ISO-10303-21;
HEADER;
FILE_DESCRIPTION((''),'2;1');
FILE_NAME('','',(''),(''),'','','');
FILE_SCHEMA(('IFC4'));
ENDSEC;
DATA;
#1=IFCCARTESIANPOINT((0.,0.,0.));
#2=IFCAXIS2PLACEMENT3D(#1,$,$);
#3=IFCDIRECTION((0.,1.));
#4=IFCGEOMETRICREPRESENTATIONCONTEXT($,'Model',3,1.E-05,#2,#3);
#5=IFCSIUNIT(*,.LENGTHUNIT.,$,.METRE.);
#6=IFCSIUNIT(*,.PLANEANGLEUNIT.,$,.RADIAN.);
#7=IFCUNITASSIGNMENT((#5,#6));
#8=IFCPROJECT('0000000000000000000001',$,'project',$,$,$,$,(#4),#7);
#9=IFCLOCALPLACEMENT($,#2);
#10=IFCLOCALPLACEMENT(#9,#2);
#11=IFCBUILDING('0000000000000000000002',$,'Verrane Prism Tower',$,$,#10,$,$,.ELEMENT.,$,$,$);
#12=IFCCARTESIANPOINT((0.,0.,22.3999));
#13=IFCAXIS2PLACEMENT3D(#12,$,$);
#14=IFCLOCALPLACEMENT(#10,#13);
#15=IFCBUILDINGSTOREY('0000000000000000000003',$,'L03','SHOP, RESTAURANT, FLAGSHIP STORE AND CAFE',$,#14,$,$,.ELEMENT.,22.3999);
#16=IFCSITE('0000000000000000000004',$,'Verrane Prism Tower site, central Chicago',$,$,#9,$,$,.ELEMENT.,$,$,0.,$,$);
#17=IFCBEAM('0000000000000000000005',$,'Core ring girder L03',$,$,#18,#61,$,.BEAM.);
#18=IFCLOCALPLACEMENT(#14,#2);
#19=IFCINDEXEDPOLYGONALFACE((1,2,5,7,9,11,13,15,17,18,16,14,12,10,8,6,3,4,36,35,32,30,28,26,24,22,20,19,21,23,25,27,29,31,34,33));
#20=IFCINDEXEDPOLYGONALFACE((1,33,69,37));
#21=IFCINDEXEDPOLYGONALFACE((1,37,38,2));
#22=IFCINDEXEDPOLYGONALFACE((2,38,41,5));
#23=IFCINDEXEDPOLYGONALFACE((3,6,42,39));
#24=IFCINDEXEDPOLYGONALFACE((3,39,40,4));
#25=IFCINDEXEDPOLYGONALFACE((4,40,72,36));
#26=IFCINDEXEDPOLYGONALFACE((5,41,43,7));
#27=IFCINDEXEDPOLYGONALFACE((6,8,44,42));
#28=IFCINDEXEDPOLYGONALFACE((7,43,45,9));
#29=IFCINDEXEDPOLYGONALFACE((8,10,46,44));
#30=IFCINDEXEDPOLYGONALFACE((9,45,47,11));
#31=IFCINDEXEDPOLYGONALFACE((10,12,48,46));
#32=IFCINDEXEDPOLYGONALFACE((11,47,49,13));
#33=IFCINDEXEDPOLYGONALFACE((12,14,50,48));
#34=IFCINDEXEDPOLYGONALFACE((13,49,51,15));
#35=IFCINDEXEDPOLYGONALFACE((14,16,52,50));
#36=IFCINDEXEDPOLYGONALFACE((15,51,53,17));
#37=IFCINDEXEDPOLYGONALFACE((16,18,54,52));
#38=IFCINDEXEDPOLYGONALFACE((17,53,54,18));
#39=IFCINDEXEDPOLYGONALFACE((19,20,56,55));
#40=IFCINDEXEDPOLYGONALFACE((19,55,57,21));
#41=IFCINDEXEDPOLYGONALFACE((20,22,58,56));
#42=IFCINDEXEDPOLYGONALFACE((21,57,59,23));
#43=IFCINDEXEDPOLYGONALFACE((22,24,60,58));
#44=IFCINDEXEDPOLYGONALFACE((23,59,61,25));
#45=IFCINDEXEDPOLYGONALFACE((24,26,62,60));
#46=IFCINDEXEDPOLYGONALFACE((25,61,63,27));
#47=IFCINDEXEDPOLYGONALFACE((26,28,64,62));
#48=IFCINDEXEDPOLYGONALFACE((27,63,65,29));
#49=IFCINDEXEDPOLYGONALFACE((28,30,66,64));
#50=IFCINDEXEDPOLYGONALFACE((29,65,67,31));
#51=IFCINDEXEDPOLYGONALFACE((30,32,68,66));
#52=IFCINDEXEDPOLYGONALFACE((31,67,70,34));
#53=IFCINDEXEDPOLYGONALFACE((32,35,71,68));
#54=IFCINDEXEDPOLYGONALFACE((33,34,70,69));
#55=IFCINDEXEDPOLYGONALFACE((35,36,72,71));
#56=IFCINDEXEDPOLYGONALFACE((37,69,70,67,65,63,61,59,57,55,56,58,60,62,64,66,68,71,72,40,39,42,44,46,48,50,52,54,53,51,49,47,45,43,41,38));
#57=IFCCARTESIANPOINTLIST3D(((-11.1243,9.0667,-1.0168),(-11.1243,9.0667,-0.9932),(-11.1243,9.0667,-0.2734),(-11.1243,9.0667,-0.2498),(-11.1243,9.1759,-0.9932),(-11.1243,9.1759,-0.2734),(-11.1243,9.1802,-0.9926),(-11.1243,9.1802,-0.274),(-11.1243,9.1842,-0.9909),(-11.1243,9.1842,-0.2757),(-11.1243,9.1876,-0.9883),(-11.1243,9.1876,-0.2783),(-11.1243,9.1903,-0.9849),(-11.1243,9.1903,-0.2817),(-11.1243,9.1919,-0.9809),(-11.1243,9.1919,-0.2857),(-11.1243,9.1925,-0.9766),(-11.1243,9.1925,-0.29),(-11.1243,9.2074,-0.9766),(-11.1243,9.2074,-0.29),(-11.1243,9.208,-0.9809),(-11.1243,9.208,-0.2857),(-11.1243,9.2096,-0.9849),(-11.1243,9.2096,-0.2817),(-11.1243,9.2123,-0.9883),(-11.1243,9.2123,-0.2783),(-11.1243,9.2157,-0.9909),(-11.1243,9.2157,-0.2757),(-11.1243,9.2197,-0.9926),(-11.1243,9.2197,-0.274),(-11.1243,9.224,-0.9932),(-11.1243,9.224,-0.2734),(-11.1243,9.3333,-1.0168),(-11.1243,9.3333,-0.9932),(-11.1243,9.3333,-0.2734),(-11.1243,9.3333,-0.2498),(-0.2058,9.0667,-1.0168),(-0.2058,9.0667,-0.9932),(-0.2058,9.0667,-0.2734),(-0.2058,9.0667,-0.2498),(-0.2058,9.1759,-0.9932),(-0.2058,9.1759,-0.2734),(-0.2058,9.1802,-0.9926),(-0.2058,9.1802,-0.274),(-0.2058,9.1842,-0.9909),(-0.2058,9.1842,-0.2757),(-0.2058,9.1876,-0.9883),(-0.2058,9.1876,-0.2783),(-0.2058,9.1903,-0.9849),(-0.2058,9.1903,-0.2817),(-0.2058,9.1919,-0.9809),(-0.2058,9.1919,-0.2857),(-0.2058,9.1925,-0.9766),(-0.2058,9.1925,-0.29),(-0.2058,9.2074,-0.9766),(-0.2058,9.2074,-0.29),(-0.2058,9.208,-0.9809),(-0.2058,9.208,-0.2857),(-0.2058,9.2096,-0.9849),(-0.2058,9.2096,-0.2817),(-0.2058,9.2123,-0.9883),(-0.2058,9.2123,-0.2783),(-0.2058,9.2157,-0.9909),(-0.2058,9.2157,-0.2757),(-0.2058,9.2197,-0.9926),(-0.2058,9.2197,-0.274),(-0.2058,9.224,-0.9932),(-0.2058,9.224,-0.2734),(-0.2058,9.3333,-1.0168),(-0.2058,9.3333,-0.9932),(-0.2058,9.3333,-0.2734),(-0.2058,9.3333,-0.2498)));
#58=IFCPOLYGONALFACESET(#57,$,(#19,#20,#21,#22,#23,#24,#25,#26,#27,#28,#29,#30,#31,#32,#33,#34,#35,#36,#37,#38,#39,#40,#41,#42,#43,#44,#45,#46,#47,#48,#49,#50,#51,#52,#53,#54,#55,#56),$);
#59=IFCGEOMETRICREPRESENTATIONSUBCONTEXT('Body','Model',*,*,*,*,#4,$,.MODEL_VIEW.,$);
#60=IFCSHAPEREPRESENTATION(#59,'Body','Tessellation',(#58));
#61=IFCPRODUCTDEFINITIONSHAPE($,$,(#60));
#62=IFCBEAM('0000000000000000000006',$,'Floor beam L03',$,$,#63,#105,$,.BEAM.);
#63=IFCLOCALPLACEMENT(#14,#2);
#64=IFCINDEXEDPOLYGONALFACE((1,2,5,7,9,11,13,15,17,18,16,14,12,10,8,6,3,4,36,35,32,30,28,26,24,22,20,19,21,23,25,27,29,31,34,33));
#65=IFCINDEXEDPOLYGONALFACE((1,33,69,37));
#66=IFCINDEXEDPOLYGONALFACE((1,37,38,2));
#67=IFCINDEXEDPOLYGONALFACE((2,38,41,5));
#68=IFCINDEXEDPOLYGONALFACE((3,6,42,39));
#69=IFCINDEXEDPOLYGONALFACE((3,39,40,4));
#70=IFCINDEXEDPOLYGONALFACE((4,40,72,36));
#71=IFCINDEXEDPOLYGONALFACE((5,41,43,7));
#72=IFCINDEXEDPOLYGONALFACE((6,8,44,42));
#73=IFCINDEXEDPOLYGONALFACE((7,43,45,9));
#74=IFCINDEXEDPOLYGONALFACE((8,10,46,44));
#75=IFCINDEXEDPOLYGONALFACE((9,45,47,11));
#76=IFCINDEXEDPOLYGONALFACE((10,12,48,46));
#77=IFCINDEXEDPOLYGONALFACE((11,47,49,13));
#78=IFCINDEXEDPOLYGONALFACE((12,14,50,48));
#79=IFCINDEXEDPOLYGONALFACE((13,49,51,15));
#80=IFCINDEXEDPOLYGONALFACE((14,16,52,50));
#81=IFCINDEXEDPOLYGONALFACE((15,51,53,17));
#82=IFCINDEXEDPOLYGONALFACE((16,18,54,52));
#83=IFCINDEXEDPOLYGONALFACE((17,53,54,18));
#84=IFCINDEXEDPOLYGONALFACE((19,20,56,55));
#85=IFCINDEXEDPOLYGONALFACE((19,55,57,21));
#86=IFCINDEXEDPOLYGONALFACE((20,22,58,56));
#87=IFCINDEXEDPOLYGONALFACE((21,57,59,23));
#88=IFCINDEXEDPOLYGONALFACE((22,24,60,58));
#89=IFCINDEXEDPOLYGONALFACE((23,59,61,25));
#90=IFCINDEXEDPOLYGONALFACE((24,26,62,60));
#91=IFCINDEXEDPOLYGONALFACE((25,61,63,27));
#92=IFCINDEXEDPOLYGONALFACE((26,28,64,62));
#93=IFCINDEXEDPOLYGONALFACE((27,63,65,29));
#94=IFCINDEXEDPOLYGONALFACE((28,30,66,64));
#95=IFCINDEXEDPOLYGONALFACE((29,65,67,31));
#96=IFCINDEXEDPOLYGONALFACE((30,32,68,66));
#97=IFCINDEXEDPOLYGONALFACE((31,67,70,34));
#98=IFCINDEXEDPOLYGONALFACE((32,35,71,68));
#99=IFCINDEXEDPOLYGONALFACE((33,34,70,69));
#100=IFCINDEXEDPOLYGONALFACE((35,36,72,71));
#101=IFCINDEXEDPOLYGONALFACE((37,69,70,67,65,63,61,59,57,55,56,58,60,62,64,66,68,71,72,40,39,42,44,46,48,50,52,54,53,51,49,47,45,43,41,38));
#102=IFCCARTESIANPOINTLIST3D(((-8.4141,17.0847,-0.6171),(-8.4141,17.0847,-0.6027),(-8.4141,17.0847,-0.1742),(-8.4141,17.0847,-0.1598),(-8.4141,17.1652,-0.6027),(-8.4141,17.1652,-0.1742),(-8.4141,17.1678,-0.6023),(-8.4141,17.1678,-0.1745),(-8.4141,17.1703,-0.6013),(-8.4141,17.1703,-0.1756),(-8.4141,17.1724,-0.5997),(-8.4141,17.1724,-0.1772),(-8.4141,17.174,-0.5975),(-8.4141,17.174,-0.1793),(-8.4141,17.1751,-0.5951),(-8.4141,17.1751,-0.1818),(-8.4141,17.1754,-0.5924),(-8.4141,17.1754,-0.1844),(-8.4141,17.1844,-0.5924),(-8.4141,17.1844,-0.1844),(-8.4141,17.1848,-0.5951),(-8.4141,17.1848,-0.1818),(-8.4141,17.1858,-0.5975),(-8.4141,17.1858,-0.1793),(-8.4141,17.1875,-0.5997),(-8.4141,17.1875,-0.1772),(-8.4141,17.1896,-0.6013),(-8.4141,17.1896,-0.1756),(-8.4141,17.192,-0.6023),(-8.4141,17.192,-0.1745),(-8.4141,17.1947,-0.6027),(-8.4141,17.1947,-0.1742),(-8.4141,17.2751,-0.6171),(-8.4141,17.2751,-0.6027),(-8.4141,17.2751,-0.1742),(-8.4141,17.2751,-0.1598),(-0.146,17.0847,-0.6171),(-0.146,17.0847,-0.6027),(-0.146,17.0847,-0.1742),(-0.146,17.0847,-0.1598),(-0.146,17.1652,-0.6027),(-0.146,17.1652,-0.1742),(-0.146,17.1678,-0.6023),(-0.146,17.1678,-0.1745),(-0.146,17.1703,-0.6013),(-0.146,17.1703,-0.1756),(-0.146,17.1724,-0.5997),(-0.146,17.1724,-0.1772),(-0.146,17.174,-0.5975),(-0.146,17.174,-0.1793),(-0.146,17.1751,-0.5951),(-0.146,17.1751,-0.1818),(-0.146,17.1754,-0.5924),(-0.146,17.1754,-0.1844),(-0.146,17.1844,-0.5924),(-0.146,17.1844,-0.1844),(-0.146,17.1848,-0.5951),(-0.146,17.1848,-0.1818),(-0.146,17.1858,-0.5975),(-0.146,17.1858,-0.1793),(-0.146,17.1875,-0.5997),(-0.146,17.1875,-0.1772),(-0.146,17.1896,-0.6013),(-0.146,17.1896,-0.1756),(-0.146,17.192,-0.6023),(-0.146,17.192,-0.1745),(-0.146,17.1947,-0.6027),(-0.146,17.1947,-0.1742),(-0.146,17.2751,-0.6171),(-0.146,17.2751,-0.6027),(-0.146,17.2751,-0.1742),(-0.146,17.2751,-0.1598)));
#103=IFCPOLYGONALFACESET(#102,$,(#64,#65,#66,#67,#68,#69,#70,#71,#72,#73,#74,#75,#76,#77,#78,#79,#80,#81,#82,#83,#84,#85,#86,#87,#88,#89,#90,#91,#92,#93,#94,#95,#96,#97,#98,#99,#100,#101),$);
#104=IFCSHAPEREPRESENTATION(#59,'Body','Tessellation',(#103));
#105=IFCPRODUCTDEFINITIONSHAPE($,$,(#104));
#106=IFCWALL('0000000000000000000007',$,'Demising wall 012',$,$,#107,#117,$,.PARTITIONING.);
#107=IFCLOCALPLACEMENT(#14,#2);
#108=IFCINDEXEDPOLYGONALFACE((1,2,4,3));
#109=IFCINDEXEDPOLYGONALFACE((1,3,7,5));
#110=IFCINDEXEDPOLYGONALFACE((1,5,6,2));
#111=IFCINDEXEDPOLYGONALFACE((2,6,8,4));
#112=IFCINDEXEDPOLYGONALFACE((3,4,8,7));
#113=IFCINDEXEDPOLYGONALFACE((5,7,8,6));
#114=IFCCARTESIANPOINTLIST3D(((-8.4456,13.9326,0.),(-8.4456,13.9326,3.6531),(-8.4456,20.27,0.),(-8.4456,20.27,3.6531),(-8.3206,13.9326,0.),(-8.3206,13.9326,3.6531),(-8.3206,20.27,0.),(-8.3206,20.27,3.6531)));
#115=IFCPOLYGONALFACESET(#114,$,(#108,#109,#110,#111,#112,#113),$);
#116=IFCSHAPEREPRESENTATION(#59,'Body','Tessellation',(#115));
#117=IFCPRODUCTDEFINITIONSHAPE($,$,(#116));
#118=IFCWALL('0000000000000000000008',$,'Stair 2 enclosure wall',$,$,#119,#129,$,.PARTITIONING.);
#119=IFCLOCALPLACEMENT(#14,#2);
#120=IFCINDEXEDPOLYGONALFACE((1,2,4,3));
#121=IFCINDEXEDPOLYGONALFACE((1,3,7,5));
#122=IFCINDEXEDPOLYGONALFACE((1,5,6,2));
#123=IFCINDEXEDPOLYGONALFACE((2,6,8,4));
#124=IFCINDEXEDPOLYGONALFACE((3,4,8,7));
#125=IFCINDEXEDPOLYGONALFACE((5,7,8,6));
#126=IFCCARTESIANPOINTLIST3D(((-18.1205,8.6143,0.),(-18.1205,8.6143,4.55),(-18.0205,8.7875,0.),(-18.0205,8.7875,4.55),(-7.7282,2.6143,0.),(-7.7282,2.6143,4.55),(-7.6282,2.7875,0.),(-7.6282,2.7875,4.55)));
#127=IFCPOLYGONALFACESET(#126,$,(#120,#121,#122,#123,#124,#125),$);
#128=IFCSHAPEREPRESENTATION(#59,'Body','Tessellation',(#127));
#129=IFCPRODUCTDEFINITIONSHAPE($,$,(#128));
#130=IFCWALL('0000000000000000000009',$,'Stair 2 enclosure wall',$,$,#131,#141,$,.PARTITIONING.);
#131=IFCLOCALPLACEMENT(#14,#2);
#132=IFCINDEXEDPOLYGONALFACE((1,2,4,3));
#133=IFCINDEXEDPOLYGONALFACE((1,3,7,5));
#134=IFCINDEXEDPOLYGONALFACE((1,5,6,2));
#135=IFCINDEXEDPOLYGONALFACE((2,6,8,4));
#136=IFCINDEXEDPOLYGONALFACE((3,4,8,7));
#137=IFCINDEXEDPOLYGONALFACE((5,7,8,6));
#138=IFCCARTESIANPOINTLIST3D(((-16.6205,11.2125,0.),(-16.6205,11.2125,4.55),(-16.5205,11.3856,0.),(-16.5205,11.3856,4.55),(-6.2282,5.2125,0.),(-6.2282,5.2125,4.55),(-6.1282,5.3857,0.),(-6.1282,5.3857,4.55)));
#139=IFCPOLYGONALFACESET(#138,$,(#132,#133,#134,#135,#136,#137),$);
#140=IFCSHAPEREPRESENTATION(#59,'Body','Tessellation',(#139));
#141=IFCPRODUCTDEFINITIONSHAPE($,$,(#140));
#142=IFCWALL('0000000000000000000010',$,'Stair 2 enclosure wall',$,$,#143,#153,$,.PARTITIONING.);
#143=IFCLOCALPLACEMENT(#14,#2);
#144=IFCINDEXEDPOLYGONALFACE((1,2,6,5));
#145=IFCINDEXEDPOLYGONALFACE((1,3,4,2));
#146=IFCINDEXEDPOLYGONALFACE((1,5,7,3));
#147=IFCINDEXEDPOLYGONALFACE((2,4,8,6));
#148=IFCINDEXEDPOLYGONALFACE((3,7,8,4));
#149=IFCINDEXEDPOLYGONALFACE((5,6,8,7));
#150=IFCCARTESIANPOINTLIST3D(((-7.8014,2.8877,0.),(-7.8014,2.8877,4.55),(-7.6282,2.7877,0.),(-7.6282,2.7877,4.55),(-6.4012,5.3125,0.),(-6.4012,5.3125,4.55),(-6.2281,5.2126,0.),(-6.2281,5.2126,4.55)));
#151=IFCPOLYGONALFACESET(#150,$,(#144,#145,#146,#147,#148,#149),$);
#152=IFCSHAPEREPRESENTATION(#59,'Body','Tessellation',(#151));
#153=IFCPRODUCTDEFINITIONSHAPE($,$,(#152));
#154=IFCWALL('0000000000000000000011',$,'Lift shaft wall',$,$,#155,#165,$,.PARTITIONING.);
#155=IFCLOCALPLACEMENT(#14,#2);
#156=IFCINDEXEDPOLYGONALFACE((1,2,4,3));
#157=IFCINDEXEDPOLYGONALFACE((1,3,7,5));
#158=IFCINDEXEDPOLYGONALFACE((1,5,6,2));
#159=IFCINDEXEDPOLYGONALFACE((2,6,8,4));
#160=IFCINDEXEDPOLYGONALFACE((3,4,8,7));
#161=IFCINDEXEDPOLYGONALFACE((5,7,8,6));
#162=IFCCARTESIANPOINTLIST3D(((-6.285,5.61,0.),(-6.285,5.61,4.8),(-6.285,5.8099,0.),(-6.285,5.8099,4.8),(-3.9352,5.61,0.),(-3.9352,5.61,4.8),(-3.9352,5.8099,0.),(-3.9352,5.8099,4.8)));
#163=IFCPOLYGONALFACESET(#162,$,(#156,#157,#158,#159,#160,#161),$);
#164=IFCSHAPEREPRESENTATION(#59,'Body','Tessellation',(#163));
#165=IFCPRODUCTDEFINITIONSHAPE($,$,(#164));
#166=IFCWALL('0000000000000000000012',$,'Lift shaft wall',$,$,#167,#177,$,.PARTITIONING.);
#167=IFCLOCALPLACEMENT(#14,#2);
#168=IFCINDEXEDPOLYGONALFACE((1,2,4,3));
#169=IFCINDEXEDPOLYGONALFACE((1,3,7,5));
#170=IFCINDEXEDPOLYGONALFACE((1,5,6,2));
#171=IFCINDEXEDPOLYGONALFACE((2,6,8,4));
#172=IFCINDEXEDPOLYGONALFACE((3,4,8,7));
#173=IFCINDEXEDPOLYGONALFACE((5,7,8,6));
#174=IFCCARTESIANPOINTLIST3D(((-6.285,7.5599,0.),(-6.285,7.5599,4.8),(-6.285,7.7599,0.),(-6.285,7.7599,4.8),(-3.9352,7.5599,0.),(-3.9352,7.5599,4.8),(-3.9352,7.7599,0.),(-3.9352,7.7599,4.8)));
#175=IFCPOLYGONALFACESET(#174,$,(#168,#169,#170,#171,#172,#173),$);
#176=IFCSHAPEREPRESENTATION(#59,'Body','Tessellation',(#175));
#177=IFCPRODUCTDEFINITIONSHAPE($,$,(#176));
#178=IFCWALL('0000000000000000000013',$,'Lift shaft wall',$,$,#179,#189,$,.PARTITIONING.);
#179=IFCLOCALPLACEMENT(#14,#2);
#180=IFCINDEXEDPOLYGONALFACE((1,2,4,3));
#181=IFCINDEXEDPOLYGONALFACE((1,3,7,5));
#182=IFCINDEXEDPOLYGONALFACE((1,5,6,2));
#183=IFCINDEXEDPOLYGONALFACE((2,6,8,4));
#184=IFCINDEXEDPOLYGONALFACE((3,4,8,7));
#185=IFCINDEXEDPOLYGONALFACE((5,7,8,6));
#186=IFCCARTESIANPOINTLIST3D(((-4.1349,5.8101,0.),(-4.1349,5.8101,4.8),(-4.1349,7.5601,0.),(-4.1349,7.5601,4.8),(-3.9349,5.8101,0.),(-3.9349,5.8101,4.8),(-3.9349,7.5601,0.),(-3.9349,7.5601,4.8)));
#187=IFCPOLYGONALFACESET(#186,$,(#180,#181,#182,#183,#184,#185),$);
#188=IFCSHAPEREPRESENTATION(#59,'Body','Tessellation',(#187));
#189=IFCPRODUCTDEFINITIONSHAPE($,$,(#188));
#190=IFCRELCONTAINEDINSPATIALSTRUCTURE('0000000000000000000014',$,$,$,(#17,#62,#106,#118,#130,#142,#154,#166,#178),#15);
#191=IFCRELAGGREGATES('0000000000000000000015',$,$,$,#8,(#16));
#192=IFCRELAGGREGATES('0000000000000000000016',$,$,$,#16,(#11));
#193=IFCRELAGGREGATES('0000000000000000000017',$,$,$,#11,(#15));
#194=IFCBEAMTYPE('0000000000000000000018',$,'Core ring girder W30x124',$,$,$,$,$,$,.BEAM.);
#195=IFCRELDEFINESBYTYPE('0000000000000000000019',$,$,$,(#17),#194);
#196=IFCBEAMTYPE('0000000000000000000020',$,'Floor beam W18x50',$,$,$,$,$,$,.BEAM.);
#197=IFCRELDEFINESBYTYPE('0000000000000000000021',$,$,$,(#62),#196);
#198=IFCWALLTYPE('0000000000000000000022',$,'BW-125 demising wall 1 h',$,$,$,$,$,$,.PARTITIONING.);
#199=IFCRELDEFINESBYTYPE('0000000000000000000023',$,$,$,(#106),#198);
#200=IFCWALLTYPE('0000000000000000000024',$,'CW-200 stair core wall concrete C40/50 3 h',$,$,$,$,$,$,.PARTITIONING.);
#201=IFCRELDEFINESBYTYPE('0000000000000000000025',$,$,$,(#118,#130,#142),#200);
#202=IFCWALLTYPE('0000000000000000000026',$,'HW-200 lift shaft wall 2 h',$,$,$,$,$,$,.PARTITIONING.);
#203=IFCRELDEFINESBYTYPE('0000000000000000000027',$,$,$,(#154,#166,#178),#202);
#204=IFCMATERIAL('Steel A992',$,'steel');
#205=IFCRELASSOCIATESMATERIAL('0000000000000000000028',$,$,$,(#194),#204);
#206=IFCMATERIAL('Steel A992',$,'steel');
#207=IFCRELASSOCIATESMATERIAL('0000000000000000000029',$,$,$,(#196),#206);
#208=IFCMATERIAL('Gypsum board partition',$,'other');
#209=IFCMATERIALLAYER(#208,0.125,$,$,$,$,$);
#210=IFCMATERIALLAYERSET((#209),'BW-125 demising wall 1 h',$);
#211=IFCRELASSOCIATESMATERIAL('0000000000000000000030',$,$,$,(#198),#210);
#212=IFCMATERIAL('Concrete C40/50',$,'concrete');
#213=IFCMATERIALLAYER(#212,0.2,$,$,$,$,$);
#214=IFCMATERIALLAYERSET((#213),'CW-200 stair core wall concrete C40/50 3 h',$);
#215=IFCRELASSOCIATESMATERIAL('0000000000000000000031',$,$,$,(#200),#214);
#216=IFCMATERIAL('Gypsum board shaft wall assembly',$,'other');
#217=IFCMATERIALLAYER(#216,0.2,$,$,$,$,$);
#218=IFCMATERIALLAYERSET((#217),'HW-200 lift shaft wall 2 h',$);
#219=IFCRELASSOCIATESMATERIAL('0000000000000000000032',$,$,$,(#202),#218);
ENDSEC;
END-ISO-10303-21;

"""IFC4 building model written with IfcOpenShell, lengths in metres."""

from ifc_helpers import new_model, si_unit, direction, frame, frame_2d, origin, origin_2d, place, context, subcontext, project, spatial, rectangle, i_section, extrude, material, layer, layer_set, material_profile, profile_set, type_object, element, save


model = new_model("IFC4")

# Units and contexts
model_context = context("Model", 3, precision=1e-05, world=origin(), true_north=direction((0.0, 1.0)))
body_context = subcontext(model_context, "Body", "Model", "MODEL_VIEW")
ifc_project = project(units=[si_unit("LENGTHUNIT", "METRE"), si_unit("PLANEANGLEUNIT", "RADIAN")], contexts=[model_context])

# Site, building, storey
site_placement = place(None, origin())
site = spatial("IfcSite", under=ifc_project, at=site_placement, Name="Verrane Prism Tower site, central Chicago", CompositionType="ELEMENT", RefElevation=0.0)
building_placement = place(site_placement, origin())
building = spatial("IfcBuilding", under=site, at=building_placement, Name="Verrane Prism Tower", CompositionType="ELEMENT")
storey_placement = place(building_placement, frame((0.0, 0.0, 22.3999)))
storey = spatial("IfcBuildingStorey", under=building, at=storey_placement, Name="L03", Description="SHOP, RESTAURANT, FLAGSHIP STORE AND CAFE", CompositionType="ELEMENT", Elevation=22.3999)

# Beams
ifc_material_1 = material(Name="Steel A992", Category="steel")
ifc_material_profile_1 = material_profile(ifc_material_1, i_section(OverallWidth=0.2666, OverallDepth=0.7671, WebThickness=0.0149, FlangeThickness=0.0237, FilletRadius=0.0166, at=origin_2d()), Name="W30x124")
ifc_profile_set_1 = profile_set([ifc_material_profile_1], Name="Steel A992")
beam_type_1 = type_object("IfcBeamType", Name="Core ring girder W30x124", PredefinedType="BEAM", material=ifc_profile_set_1)
beam_1_placement = place(storey_placement, frame((-0.2058, 9.2, -0.6333), z_axis=(-1.0, 0.0, 0.0), x_axis=(0.0, -1.0, 0.0)))
element("IfcBeam", 1, at=beam_1_placement, inside=storey, type_object=beam_type_1, Name="Core ring girder L03", PredefinedType="BEAM", context=body_context, shape_type="SweptSolid", body=[
    extrude(i_section(OverallWidth=0.2666, OverallDepth=0.7671, WebThickness=0.0149, FlangeThickness=0.0237, FilletRadius=0.0166, at=origin_2d()), origin(), (0.0, 0.0, 1.0), 10.9185),
])
ifc_material_2 = material(Name="Steel A992", Category="steel")
ifc_material_profile_2 = material_profile(ifc_material_2, i_section(OverallWidth=0.1904, OverallDepth=0.4573, WebThickness=0.009, FlangeThickness=0.0144, FilletRadius=0.0103, at=origin_2d()), Name="W18x50")
ifc_profile_set_2 = profile_set([ifc_material_profile_2], Name="Steel A992")
beam_type_2 = type_object("IfcBeamType", Name="Floor beam W18x50", PredefinedType="BEAM", material=ifc_profile_set_2)
beam_2_placement = place(storey_placement, frame((-8.4141, 17.1799, -0.3884), z_axis=(1.0, 0.0, 0.0), x_axis=(0.0, 1.0, 0.0)))
element("IfcBeam", 2, at=beam_2_placement, inside=storey, type_object=beam_type_2, Name="Floor beam L03", PredefinedType="BEAM", context=body_context, shape_type="SweptSolid", body=[
    extrude(i_section(OverallWidth=0.1904, OverallDepth=0.4573, WebThickness=0.009, FlangeThickness=0.0144, FilletRadius=0.0103, at=origin_2d()), origin(), (0.0, 0.0, 1.0), 8.2681),
])

# Walls
ifc_material_3 = material(Name="Gypsum board partition", Category="other")
ifc_layer_1 = layer(ifc_material_3, 0.125)
ifc_layer_set_1 = layer_set([ifc_layer_1], Name="BW-125 demising wall 1 h")
wall_type_1 = type_object("IfcWallType", Name="BW-125 demising wall 1 h", PredefinedType="PARTITIONING", material=ifc_layer_set_1)
wall_1_placement = place(storey_placement, frame((-8.3831, 13.9326, 0.0), z_axis=(0.0, 0.0, 1.0), x_axis=(0.0, 1.0, 0.0)))
element("IfcWall", 3, at=wall_1_placement, inside=storey, type_object=wall_type_1, Name="Demising wall 012", PredefinedType="PARTITIONING", context=body_context, shape_type="SweptSolid", body=[
    extrude(rectangle(XDim=6.3374, YDim=0.125, at=frame_2d((3.1687, 0.0))), origin(), (0.0, 0.0, 1.0), 3.6531),
])
ifc_material_4 = material(Name="Concrete C40/50", Category="concrete")
ifc_layer_2 = layer(ifc_material_4, 0.2)
ifc_layer_set_2 = layer_set([ifc_layer_2], Name="CW-200 stair core wall concrete C40/50 3 h")
wall_type_2 = type_object("IfcWallType", Name="CW-200 stair core wall concrete C40/50 3 h", PredefinedType="PARTITIONING", material=ifc_layer_set_2)
for number, where, z_axis, x_axis, name in (
    (4, (-7.6782, 2.7009, 0.0), (0.0, 0.0, 1.0), (-0.866026, 0.499999, 0.0), "Stair 2 enclosure wall"),
    (5, (-6.1782, 5.2991, 0.0), (0.0, 0.0, 1.0), (-0.866026, 0.499999, 0.0), "Stair 2 enclosure wall"),
):
    element("IfcWall", number, at=place(storey_placement, frame(where, z_axis=z_axis, x_axis=x_axis)), inside=storey, type_object=wall_type_2, Name=name, PredefinedType="PARTITIONING", context=body_context, shape_type="SweptSolid", body=[
        extrude(rectangle(XDim=12.0, YDim=0.2, at=frame_2d((6.0, 0.0))), origin(), (0.0, 0.0, 1.0), 4.55),
    ])
wall_2_placement = place(storey_placement, frame((-6.3147, 5.2625, 0.0), z_axis=(0.0, 0.0, 1.0), x_axis=(-0.50005, -0.865997, 0.0)))
element("IfcWall", 6, at=wall_2_placement, inside=storey, type_object=wall_type_2, Name="Stair 2 enclosure wall", PredefinedType="PARTITIONING", context=body_context, shape_type="SweptSolid", body=[
    extrude(rectangle(XDim=2.8, YDim=0.2, at=frame_2d((1.3999, 0.0))), origin(), (0.0, 0.0, 1.0), 4.55),
])
ifc_material_5 = material(Name="Gypsum board shaft wall assembly", Category="other")
ifc_layer_3 = layer(ifc_material_5, 0.2)
ifc_layer_set_3 = layer_set([ifc_layer_3], Name="HW-200 lift shaft wall 2 h")
wall_type_3 = type_object("IfcWallType", Name="HW-200 lift shaft wall 2 h", PredefinedType="PARTITIONING", material=ifc_layer_set_3)
for number, where, z_axis, x_axis, name in (
    (7, (-6.2849, 5.71, 0.0), (0.0, 0.0, 1.0), (1.0, 0.0, 0.0), "Lift shaft wall"),
    (8, (-6.2849, 7.6599, 0.0), (0.0, 0.0, 1.0), (1.0, 0.0, 0.0), "Lift shaft wall"),
):
    element("IfcWall", number, at=place(storey_placement, frame(where, z_axis=z_axis, x_axis=x_axis)), inside=storey, type_object=wall_type_3, Name=name, PredefinedType="PARTITIONING", context=body_context, shape_type="SweptSolid", body=[
        extrude(rectangle(XDim=2.3499, YDim=0.2, at=frame_2d((1.1748, 0.0))), origin(), (0.0, 0.0, 1.0), 4.8),
    ])
for number, where, z_axis, x_axis, name in (
    (9, (-4.0349, 5.8101, 0.0), (0.0, 0.0, 1.0), (0.0, 1.0, 0.0), "Lift shaft wall"),
):
    element("IfcWall", number, at=place(storey_placement, frame(where, z_axis=z_axis, x_axis=x_axis)), inside=storey, type_object=wall_type_3, Name=name, PredefinedType="PARTITIONING", context=body_context, shape_type="SweptSolid", body=[
        extrude(rectangle(XDim=1.75, YDim=0.2, at=frame_2d((0.875, 0.0))), origin(), (0.0, 0.0, 1.0), 4.8),
    ])

save(model, "model.ifc")
